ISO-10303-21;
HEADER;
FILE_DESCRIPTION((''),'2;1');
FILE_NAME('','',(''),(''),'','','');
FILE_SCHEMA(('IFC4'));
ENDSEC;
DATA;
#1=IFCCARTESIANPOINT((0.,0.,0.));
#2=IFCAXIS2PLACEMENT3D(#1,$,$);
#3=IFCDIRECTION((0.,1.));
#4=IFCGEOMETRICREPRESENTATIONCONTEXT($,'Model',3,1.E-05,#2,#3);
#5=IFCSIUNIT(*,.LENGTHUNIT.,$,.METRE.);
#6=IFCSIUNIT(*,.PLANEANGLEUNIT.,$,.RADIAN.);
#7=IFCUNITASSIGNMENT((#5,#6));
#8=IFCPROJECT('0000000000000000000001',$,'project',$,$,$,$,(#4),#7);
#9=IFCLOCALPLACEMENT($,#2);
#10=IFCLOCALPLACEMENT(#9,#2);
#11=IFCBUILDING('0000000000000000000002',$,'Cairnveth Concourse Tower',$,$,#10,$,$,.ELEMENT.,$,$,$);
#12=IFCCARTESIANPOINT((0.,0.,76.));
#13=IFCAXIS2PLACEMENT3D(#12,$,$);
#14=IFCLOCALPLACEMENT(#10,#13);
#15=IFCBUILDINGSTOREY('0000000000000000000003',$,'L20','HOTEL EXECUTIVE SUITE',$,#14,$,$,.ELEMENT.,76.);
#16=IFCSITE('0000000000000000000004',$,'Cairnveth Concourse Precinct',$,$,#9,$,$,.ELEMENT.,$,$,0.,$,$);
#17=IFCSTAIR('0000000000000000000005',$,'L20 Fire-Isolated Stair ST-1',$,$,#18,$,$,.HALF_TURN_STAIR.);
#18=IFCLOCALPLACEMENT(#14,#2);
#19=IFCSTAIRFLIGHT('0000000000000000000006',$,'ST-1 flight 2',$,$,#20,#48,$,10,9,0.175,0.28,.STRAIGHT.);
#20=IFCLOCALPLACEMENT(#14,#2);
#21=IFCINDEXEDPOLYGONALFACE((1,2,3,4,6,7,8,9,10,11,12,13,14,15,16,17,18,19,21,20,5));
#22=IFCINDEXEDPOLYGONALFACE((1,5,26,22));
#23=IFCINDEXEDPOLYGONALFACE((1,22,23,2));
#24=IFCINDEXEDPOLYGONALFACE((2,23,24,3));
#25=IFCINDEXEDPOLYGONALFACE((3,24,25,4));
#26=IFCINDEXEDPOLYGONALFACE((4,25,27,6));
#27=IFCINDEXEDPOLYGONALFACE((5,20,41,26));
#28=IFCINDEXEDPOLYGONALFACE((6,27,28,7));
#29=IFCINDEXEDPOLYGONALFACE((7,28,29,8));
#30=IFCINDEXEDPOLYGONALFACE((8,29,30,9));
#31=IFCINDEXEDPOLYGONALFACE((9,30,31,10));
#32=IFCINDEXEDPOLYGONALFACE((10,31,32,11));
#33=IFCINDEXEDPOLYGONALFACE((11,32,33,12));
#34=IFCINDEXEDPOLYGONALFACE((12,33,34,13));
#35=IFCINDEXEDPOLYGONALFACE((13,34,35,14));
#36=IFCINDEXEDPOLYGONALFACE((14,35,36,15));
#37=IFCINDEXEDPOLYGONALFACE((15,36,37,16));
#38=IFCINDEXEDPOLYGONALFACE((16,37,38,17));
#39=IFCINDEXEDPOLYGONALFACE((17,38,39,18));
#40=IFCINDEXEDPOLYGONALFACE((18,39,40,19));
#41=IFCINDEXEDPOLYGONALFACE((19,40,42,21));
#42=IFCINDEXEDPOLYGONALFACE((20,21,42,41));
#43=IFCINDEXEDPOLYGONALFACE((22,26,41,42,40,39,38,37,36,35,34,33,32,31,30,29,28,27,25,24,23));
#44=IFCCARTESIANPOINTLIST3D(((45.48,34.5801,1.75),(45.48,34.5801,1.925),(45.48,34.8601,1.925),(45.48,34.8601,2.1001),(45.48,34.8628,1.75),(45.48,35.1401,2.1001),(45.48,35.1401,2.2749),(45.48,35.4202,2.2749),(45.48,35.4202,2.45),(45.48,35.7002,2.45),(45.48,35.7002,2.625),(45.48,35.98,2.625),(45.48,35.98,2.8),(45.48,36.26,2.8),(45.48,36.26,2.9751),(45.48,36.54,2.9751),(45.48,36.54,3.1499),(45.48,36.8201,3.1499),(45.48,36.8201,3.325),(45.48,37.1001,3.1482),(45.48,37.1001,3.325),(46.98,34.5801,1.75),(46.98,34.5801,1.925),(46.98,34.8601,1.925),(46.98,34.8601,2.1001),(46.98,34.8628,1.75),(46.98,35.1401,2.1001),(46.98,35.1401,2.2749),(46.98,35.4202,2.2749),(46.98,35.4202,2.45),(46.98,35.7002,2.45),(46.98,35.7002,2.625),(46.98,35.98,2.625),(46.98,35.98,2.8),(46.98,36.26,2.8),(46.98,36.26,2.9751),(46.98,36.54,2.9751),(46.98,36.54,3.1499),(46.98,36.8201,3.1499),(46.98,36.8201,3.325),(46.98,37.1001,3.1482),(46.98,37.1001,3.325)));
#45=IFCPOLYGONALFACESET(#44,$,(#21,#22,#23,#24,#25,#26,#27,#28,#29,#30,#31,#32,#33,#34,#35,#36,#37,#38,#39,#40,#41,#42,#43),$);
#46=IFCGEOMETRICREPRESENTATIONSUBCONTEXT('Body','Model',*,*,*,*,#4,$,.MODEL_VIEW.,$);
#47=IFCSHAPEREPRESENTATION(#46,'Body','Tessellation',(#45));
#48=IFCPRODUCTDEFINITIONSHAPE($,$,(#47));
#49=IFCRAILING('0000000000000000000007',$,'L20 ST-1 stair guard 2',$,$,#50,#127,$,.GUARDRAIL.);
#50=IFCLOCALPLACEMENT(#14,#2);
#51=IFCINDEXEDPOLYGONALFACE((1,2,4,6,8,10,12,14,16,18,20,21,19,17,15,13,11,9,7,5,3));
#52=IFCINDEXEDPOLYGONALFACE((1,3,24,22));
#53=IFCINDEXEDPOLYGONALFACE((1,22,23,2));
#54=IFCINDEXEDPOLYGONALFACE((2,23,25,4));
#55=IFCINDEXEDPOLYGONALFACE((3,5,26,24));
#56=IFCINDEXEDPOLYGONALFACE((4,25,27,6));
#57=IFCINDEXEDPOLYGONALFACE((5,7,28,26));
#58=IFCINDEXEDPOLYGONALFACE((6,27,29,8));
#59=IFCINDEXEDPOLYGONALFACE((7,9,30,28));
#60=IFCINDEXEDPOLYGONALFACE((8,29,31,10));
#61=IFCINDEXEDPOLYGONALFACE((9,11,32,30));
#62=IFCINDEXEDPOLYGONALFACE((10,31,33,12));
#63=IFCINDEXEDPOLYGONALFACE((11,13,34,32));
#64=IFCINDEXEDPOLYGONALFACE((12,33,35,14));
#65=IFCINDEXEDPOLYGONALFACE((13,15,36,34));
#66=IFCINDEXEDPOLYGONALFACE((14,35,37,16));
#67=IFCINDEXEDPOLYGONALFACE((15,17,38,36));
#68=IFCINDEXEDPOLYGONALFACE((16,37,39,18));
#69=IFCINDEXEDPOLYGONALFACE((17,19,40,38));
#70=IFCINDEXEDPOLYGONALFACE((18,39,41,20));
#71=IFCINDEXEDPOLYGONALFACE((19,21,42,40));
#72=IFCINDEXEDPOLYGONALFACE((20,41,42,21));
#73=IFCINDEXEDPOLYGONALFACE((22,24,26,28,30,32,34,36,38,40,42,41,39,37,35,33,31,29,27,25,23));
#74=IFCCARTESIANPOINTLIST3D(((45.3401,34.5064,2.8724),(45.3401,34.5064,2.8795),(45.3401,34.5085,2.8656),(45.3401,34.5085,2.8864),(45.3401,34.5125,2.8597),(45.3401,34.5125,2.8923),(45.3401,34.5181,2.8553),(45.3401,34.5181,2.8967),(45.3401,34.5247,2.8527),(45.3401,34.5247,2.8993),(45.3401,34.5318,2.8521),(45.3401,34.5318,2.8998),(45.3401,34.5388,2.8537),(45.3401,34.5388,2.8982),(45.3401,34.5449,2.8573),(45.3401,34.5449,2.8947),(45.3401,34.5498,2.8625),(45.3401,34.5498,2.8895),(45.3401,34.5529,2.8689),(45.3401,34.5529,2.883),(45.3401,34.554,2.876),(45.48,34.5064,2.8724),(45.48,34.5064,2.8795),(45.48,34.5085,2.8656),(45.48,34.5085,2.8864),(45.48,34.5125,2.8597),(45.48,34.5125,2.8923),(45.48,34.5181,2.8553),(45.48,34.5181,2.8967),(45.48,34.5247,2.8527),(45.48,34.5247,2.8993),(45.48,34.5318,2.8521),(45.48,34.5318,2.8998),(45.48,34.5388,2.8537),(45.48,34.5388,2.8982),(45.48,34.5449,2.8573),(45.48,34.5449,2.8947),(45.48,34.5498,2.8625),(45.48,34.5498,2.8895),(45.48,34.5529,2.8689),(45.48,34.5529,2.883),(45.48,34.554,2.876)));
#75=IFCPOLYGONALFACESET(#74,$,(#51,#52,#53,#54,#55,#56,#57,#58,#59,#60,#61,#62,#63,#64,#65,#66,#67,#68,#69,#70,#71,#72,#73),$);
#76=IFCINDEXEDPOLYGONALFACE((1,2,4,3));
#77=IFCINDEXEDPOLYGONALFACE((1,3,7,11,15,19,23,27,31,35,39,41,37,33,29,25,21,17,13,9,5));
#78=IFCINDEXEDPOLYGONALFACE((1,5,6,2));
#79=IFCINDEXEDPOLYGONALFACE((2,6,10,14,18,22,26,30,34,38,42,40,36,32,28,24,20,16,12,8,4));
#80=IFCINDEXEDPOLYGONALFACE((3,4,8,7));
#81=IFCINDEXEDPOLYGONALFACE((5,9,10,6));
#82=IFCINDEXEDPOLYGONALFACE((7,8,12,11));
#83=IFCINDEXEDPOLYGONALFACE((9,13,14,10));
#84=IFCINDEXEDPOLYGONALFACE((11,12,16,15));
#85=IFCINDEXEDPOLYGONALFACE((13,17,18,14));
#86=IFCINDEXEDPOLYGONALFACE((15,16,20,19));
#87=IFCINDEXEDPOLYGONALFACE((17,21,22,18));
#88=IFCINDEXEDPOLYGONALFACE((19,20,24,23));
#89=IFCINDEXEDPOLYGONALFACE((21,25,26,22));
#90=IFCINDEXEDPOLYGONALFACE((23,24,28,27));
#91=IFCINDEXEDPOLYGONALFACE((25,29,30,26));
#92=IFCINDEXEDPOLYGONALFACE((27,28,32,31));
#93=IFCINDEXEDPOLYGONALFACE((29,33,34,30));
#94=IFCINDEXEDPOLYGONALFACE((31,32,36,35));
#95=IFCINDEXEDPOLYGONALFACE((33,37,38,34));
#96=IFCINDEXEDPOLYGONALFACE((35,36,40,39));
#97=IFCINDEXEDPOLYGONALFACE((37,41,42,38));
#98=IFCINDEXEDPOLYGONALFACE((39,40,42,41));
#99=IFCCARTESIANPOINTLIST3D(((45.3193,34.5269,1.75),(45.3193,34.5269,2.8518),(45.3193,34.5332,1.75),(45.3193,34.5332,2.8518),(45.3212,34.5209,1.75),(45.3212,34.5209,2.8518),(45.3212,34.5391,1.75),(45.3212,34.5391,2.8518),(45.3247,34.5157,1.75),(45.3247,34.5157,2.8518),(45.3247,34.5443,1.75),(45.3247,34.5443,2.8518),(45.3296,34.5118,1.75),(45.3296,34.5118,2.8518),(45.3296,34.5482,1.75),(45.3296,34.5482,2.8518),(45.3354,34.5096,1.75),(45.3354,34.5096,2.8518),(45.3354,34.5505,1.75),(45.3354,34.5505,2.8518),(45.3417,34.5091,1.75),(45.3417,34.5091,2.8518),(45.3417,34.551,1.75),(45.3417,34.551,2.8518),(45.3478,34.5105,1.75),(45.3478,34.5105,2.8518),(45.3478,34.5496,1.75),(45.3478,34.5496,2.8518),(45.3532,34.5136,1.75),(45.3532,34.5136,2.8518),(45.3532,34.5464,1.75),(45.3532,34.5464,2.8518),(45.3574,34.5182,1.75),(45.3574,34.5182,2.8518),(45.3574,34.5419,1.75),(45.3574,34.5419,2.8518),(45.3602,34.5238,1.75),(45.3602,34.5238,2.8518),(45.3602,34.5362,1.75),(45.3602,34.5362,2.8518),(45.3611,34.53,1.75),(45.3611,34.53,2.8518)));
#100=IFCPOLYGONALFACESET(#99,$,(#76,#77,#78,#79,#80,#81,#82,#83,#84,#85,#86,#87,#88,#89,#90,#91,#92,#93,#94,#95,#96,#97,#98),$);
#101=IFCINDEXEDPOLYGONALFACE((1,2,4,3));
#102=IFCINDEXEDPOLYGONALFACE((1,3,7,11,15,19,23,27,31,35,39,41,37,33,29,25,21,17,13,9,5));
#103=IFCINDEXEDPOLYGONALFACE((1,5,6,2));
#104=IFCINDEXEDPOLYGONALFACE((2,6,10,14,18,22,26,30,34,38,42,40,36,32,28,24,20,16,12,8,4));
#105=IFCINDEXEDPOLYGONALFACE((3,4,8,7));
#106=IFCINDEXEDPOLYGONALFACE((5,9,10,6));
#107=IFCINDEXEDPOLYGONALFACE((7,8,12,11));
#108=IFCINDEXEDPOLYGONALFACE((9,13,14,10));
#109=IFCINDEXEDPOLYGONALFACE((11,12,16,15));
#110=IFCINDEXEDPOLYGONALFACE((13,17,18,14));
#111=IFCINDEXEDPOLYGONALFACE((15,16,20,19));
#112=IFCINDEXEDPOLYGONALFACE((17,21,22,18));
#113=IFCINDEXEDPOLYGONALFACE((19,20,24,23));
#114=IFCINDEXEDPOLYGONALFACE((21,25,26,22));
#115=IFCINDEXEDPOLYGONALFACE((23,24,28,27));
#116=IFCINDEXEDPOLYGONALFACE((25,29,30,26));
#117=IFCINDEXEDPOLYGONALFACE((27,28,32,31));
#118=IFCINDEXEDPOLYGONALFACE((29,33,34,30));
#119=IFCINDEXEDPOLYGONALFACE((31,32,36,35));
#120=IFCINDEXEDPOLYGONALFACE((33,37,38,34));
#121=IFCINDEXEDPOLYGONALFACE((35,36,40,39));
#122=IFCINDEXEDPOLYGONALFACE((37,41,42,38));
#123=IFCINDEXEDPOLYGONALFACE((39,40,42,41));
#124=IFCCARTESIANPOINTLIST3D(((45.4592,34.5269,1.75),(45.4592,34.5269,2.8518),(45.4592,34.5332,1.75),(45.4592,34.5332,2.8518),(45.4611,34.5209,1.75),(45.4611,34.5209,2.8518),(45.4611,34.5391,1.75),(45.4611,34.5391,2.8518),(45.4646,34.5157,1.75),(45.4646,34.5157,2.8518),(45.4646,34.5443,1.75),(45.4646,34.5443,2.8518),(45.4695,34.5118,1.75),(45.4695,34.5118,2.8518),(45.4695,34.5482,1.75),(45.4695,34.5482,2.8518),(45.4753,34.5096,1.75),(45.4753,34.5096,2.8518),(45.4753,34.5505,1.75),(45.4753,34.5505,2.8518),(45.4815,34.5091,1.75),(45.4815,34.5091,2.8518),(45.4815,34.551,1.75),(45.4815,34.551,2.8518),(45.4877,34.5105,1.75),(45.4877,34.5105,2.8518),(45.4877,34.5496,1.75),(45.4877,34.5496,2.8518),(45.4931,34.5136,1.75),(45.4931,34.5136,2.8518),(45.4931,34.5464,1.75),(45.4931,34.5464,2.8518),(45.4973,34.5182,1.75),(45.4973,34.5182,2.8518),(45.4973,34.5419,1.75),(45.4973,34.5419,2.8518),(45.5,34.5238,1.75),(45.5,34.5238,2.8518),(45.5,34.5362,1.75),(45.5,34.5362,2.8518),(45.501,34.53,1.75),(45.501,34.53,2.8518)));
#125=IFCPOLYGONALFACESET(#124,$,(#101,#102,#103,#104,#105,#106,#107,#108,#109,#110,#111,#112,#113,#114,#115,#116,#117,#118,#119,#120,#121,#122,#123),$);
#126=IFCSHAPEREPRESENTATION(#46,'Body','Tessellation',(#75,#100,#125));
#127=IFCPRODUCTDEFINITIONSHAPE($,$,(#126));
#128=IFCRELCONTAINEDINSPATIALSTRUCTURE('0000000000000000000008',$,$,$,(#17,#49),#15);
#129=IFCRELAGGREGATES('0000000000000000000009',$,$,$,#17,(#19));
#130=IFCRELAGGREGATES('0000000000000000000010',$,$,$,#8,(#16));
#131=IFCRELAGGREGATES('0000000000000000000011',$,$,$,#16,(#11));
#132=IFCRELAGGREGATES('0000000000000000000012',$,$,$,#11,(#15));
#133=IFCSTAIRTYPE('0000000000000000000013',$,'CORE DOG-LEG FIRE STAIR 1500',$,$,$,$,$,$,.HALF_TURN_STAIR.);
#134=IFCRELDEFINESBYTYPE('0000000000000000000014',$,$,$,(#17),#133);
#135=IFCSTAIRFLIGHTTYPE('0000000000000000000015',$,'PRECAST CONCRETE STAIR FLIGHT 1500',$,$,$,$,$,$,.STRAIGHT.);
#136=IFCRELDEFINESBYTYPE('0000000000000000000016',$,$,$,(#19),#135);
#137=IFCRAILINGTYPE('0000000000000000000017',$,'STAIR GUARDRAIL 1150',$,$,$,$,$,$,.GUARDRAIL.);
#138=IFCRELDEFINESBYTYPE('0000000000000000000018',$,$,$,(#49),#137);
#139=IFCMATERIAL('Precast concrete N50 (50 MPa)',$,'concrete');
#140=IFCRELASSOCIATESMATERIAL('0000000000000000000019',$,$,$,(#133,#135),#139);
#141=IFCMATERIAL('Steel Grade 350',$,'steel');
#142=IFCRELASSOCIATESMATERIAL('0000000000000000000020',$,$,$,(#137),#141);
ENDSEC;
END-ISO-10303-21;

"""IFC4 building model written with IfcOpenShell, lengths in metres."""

from ifc_helpers import new_model, si_unit, direction, frame, origin, origin_2d, place, context, subcontext, project, spatial, polyline, circle, outline, extrude, material, type_object, element, aggregate, save


model = new_model("IFC4")

# Units and contexts
model_context = context("Model", 3, precision=1e-05, world=origin(), true_north=direction((0.0, 1.0)))
body_context = subcontext(model_context, "Body", "Model", "MODEL_VIEW")
ifc_project = project(units=[si_unit("LENGTHUNIT", "METRE"), si_unit("PLANEANGLEUNIT", "RADIAN")], contexts=[model_context])

# Site, building, storey
site_placement = place(None, origin())
site = spatial("IfcSite", under=ifc_project, at=site_placement, Name="Cairnveth Concourse Precinct", CompositionType="ELEMENT", RefElevation=0.0)
building_placement = place(site_placement, origin())
building = spatial("IfcBuilding", under=site, at=building_placement, Name="Cairnveth Concourse Tower", CompositionType="ELEMENT")
storey_placement = place(building_placement, frame((0.0, 0.0, 76.0)))
storey = spatial("IfcBuildingStorey", under=building, at=storey_placement, Name="L20", Description="HOTEL EXECUTIVE SUITE", CompositionType="ELEMENT", Elevation=76.0)

# Stair, stair flight
ifc_material_1 = material(Name="Precast concrete N50 (50 MPa)", Category="concrete")
stair_type = type_object("IfcStairType", Name="CORE DOG-LEG FIRE STAIR 1500", PredefinedType="HALF_TURN_STAIR", material=ifc_material_1)
stair_placement = place(storey_placement, origin())
stair = element("IfcStair", 1, at=stair_placement, inside=storey, type_object=stair_type, Name="L20 Fire-Isolated Stair ST-1", PredefinedType="HALF_TURN_STAIR")
stair_flight_type = type_object("IfcStairFlightType", Name="PRECAST CONCRETE STAIR FLIGHT 1500", PredefinedType="STRAIGHT", material=ifc_material_1)
stair_flight_placement = place(storey_placement, frame((46.23, 34.5801, 1.75), z_axis=(0.0, 0.0, 1.0), x_axis=(0.0, 1.0, 0.0)))
stair_flight = element("IfcStairFlight", 2, at=stair_flight_placement, type_object=stair_flight_type, Name="ST-1 flight 2", NumberOfRisers=10, NumberOfTreads=9, PredefinedType="STRAIGHT", RiserHeight=0.175, TreadLength=0.28, context=body_context, shape_type="SweptSolid", body=[
    extrude(outline(polyline([(0.0, 0.0), (0.0, 0.175), (0.28, 0.175), (0.28, 0.3501), (0.5601, 0.3501), (0.5601, 0.5249), (0.8401, 0.5249), (0.8401, 0.7), (1.1201, 0.7), (1.1201, 0.875), (1.3999, 0.875), (1.3999, 1.05), (1.6799, 1.05), (1.6799, 1.2251), (1.96, 1.2251), (1.96, 1.3999), (2.24, 1.3999), (2.24, 1.575), (2.52, 1.575), (2.52, 1.75), (2.52, 1.3982), (0.2827, 0.0), (0.0, 0.0)])), frame((0.0, 0.75, 0.0), z_axis=(0.0, -1.0, 0.0), x_axis=(1.0, 0.0, 0.0)), (0.0, 0.0, 1.0), 1.5),
])
aggregate(stair, [stair_flight])

# Railing
ifc_material_2 = material(Name="Steel Grade 350", Category="steel")
railing_type_1 = type_object("IfcRailingType", Name="STAIR GUARDRAIL 1150", PredefinedType="GUARDRAIL", material=ifc_material_2)
railing_1_placement = place(storey_placement, frame((45.3401, 34.53, 1.75)))
element("IfcRailing", 3, at=railing_1_placement, inside=storey, type_object=railing_type_1, Name="L20 ST-1 stair guard 2", PredefinedType="GUARDRAIL", context=body_context, shape_type="SweptSolid", body=[
    extrude(circle(Radius=0.0239, at=origin_2d()), frame((0.0, 0.0, 1.126), z_axis=(1.0, 0.0, 0.0), x_axis=(0.0, 1.0, 0.0)), (0.0, 0.0, 1.0), 0.1399),
    extrude(circle(Radius=0.021, at=origin_2d()), origin(), (0.0, 0.0, 1.0), 1.1018),
    extrude(circle(Radius=0.021, at=origin_2d()), frame((0.1399, 0.0, 0.0)), (0.0, 0.0, 1.0), 1.1018),
])

save(model, "model.ifc")
